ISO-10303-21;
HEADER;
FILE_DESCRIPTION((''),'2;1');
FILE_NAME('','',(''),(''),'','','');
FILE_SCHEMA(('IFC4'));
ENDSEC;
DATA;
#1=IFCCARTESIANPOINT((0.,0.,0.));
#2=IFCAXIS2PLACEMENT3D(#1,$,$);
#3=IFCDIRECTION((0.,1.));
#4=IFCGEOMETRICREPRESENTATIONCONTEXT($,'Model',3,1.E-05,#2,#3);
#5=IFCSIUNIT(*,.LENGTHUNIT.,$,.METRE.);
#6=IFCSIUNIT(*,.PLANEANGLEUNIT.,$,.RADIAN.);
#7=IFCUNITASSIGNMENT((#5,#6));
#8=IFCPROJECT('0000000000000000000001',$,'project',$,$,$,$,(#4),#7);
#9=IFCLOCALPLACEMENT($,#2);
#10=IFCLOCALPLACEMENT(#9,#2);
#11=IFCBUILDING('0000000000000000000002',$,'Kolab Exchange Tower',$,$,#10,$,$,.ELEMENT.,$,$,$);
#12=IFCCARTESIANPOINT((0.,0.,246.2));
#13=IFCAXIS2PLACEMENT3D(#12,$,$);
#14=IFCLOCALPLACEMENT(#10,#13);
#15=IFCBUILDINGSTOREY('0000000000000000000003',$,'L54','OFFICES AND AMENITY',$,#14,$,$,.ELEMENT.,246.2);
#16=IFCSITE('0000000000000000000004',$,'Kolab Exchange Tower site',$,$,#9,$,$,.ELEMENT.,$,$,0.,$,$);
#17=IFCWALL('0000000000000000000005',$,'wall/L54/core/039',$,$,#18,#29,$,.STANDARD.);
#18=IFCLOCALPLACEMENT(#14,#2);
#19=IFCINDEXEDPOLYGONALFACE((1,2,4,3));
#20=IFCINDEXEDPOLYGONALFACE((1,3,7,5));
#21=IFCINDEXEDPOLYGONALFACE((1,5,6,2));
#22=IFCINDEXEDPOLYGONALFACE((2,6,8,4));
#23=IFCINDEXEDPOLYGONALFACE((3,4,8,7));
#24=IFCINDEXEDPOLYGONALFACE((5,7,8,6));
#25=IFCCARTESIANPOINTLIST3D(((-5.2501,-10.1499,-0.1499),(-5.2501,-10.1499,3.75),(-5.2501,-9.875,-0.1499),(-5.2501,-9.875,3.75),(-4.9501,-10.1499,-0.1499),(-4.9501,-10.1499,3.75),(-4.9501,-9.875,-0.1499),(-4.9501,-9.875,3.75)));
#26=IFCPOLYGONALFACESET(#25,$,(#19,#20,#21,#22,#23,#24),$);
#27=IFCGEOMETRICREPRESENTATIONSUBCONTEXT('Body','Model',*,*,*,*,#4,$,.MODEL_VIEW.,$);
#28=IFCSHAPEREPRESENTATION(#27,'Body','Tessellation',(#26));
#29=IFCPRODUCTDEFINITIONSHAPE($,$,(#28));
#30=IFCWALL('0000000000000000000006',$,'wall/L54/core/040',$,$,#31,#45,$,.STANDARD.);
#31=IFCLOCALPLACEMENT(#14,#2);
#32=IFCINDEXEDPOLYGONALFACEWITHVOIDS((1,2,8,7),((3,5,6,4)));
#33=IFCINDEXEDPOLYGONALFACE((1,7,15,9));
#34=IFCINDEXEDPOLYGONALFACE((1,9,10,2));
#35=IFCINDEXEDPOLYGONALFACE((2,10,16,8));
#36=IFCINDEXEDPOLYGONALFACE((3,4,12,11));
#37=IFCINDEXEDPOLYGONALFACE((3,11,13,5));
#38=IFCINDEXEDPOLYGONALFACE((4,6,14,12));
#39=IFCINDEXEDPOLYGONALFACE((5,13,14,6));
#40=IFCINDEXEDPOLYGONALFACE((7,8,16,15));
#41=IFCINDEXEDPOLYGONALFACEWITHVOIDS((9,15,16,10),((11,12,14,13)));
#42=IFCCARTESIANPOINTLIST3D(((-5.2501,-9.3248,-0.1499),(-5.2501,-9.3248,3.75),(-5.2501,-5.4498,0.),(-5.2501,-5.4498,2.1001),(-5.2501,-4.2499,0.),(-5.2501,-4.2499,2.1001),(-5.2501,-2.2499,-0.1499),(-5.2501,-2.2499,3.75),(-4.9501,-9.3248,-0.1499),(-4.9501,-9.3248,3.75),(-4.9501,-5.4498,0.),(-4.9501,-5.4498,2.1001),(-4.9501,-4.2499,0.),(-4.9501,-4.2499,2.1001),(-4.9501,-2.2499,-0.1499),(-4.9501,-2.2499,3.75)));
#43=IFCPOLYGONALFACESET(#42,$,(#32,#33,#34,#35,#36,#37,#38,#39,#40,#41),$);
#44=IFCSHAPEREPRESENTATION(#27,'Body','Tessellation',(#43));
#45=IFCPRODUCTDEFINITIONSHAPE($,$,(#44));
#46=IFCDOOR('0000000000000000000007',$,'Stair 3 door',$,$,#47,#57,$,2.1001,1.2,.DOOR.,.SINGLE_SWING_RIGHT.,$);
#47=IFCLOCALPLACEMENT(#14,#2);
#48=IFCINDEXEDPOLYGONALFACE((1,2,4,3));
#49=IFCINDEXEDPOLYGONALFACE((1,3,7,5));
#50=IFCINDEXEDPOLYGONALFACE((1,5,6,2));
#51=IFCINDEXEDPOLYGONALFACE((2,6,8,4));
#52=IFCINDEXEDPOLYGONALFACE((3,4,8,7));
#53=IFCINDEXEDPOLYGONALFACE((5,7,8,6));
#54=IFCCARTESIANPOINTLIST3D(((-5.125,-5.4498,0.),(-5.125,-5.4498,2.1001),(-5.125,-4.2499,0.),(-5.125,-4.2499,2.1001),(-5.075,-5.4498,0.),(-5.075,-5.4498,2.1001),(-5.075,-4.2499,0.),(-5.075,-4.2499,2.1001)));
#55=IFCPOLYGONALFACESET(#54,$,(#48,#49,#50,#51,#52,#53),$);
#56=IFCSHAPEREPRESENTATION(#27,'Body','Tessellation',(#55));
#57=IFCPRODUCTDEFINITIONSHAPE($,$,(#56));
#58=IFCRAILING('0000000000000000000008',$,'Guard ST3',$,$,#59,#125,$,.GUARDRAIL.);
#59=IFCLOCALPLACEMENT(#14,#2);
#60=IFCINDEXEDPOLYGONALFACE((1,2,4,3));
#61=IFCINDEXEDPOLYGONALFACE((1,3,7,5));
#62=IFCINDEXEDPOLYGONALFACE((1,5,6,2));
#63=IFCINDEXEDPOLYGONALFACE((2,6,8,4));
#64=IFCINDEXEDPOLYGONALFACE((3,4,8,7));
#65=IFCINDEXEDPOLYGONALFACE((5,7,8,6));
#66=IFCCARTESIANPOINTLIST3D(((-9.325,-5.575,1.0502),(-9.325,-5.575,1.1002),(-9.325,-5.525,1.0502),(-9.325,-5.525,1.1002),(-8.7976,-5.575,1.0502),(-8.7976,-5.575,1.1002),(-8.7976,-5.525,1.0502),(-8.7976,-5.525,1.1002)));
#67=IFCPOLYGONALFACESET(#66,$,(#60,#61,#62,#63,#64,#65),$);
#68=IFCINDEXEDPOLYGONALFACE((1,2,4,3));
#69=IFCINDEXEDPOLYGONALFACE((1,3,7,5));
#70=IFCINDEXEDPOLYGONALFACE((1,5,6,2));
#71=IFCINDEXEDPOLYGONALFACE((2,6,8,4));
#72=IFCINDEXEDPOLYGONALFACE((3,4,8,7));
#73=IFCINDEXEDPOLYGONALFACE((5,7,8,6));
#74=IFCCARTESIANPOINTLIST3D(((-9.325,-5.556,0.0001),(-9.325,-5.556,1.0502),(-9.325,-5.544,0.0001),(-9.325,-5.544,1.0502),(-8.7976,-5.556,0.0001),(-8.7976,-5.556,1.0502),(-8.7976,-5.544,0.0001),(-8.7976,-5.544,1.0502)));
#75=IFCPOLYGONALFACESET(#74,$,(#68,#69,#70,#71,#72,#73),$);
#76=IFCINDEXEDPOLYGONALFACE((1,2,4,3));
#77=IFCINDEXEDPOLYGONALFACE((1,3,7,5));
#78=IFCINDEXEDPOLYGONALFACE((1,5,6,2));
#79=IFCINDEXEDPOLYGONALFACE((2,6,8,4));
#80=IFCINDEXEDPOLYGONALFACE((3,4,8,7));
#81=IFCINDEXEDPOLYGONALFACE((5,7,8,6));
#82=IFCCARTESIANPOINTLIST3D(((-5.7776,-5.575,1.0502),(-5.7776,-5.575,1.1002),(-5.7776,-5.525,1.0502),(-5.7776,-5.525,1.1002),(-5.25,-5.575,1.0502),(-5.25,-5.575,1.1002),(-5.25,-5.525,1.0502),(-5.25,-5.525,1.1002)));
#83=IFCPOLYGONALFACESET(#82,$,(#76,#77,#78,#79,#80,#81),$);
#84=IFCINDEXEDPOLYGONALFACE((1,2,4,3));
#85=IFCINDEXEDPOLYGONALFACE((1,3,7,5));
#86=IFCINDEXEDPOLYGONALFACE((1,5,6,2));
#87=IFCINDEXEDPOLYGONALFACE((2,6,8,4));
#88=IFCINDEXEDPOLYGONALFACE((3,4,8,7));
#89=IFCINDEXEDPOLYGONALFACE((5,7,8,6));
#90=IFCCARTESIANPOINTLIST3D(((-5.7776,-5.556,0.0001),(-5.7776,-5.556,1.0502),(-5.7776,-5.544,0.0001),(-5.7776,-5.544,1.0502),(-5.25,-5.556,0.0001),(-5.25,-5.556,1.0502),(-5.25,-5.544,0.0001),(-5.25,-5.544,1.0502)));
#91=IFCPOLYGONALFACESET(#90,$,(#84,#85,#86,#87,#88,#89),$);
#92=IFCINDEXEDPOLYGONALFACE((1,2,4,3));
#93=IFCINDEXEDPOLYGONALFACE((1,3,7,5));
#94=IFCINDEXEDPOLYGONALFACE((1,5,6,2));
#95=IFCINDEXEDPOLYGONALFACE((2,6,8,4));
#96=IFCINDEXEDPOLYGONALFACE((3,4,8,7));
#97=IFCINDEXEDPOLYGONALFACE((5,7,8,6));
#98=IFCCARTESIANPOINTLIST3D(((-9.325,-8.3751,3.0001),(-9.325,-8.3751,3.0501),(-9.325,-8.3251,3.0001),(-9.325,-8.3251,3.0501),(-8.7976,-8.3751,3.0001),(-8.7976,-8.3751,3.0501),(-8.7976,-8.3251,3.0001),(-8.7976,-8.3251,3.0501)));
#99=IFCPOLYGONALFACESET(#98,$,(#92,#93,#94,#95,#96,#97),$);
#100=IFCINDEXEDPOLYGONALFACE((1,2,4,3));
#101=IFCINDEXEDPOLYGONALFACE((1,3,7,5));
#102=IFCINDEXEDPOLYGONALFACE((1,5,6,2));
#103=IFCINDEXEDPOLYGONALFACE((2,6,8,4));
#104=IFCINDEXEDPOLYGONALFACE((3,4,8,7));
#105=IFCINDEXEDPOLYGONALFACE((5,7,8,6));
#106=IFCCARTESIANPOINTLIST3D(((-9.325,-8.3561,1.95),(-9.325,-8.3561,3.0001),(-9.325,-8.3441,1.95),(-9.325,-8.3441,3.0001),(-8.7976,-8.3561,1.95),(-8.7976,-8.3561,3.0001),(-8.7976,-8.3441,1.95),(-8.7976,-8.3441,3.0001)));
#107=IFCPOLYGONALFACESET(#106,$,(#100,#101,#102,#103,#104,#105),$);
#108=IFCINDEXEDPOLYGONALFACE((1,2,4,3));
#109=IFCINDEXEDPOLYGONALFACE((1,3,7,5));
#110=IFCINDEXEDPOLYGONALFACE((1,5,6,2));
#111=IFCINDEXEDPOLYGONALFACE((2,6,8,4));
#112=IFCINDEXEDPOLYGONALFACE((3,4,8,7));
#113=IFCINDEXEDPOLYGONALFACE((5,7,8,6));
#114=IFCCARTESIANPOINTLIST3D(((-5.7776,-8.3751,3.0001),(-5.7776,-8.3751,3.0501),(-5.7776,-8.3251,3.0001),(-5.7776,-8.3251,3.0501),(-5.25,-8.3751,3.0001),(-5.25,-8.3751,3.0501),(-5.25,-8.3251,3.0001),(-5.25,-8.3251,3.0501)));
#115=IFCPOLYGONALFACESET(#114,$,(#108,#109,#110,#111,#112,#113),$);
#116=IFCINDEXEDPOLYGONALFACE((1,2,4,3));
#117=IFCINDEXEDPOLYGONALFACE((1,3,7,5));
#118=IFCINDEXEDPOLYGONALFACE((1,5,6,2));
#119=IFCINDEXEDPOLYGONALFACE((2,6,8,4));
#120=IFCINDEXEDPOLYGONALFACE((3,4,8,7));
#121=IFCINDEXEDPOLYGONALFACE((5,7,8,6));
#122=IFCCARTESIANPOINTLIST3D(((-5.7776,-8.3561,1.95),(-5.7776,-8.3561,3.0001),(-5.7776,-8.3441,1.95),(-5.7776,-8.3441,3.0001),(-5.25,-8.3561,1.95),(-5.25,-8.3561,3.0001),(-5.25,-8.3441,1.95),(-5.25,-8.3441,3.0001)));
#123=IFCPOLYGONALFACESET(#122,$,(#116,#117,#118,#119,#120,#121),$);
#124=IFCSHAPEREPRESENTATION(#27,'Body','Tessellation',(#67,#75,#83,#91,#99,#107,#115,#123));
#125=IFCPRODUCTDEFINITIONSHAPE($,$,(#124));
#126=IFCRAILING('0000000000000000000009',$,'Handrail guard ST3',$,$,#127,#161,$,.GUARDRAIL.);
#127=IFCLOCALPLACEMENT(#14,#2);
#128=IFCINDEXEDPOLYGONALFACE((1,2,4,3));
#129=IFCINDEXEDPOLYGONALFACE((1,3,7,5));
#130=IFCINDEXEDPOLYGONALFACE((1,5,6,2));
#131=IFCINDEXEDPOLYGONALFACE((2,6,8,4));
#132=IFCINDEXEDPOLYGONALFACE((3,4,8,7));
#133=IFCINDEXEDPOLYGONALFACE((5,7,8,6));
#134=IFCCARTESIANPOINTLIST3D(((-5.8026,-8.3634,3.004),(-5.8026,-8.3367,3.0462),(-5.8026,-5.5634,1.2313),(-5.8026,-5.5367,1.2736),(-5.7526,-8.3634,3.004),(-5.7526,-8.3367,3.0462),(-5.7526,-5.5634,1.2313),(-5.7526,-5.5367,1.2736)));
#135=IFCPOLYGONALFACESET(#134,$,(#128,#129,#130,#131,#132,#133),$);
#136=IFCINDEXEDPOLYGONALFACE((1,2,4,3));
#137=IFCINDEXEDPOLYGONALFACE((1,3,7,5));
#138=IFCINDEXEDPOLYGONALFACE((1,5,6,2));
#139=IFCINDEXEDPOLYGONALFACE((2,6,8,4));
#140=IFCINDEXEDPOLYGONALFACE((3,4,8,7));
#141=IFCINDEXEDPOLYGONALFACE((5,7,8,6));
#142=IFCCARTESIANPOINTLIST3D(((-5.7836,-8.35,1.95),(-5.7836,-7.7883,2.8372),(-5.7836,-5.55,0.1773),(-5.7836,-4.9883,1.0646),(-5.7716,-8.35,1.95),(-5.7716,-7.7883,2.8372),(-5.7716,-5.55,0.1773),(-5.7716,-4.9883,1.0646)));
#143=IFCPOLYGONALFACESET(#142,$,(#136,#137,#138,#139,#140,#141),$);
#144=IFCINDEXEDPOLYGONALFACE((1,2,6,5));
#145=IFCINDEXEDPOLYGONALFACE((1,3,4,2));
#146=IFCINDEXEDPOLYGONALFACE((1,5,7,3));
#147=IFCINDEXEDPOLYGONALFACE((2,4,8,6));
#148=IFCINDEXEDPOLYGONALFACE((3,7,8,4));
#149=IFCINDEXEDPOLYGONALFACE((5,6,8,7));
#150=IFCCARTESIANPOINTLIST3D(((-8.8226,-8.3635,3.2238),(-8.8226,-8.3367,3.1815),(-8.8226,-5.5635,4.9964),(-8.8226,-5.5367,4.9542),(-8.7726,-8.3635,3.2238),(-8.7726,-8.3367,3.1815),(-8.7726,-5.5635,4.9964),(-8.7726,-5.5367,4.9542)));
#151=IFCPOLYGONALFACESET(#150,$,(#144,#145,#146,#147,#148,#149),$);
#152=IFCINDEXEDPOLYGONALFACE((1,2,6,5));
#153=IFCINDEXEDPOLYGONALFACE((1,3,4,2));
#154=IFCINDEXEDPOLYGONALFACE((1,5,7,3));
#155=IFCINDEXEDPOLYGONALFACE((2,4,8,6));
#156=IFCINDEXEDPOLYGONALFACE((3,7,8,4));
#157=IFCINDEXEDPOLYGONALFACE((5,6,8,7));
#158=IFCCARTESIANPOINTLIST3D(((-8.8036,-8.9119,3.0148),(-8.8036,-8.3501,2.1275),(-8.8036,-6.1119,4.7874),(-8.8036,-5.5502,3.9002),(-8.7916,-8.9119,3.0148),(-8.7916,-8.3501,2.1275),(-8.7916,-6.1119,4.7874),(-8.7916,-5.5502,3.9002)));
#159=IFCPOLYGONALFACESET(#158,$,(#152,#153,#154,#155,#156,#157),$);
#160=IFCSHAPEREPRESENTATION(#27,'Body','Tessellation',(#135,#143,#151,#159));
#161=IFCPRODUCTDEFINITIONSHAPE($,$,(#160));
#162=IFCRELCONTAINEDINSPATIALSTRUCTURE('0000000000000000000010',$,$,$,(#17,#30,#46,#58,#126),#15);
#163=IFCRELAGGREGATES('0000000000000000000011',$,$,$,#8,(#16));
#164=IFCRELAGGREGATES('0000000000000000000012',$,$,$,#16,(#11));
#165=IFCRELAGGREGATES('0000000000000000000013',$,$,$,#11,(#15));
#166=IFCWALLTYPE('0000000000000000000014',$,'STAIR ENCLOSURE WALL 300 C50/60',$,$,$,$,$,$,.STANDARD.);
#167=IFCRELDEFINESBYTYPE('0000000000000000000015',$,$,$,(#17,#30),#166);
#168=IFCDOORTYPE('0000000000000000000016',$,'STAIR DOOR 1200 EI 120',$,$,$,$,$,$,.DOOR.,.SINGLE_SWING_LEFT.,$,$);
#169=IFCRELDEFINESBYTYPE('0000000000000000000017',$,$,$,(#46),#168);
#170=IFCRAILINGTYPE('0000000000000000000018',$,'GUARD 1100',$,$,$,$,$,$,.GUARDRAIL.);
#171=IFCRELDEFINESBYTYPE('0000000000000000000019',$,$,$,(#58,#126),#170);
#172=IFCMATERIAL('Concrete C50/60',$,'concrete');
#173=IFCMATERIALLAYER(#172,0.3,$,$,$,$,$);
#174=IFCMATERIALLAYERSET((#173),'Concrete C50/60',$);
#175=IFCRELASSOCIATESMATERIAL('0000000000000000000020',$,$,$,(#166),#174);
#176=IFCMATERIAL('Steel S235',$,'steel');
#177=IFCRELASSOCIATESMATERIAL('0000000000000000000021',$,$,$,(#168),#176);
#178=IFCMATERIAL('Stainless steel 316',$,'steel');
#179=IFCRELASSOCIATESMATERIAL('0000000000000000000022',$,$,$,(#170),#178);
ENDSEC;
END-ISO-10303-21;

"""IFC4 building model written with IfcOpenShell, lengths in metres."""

from ifc_helpers import new_model, si_unit, direction, frame, frame_2d, origin, origin_2d, place, context, subcontext, project, spatial, rectangle, extrude, material, layer, layer_set, type_object, element, fill, save


model = new_model("IFC4")

# Units and contexts
model_context = context("Model", 3, precision=1e-05, world=origin(), true_north=direction((0.0, 1.0)))
body_context = subcontext(model_context, "Body", "Model", "MODEL_VIEW")
ifc_project = project(units=[si_unit("LENGTHUNIT", "METRE"), si_unit("PLANEANGLEUNIT", "RADIAN")], contexts=[model_context])

# Site, building, storey
site_placement = place(None, origin())
site = spatial("IfcSite", under=ifc_project, at=site_placement, Name="Kolab Exchange Tower site", CompositionType="ELEMENT", RefElevation=0.0)
building_placement = place(site_placement, origin())
building = spatial("IfcBuilding", under=site, at=building_placement, Name="Kolab Exchange Tower", CompositionType="ELEMENT")
storey_placement = place(building_placement, frame((0.0, 0.0, 246.2)))
storey = spatial("IfcBuildingStorey", under=building, at=storey_placement, Name="L54", Description="OFFICES AND AMENITY", CompositionType="ELEMENT", Elevation=246.2)

# Shared definitions
ifc_material_1 = material(Name="Concrete C50/60", Category="concrete")
ifc_material_2 = material(Name="Steel S235", Category="steel")

# Shared definitions
ifc_material_3 = material(Name="Stainless steel 316", Category="steel")

# Wall
ifc_layer_1 = layer(ifc_material_1, 0.3)
ifc_layer_set_1 = layer_set([ifc_layer_1], Name="Concrete C50/60")
wall_type_1 = type_object("IfcWallType", Name="STAIR ENCLOSURE WALL 300 C50/60", PredefinedType="STANDARD", material=ifc_layer_set_1)
wall_1_placement = place(storey_placement, frame((-5.1001, -10.1499, -0.1499), z_axis=(0.0, 0.0, 1.0), x_axis=(0.0, 1.0, 0.0)))
element("IfcWall", 1, at=wall_1_placement, inside=storey, type_object=wall_type_1, Name="wall/L54/core/039", PredefinedType="STANDARD", context=body_context, shape_type="SweptSolid", body=[
    extrude(rectangle(XDim=0.2749, YDim=0.3, at=frame_2d((0.1375, 0.0))), origin(), (0.0, 0.0, 1.0), 3.8999),
])

# Wall, opening, door
wall_2_placement = place(storey_placement, frame((-5.1001, -9.325, -0.1499), z_axis=(0.0, 0.0, 1.0), x_axis=(0.0, 1.0, 0.0)))
wall_2 = element("IfcWall", 2, at=wall_2_placement, inside=storey, type_object=wall_type_1, Name="wall/L54/core/040", PredefinedType="STANDARD", context=body_context, shape_type="SweptSolid", body=[
    extrude(rectangle(XDim=7.075, YDim=0.3, at=frame_2d((3.5376, 0.0))), origin(), (0.0, 0.0, 1.0), 3.8999),
])
opening_1_placement = place(wall_2_placement, frame((3.875, 0.0, 0.1499)))
opening_1 = element("IfcOpeningElement", 3, at=opening_1_placement, cuts=wall_2, PredefinedType="OPENING", context=body_context, shape_type="SweptSolid", body=[
    extrude(rectangle(XDim=1.2, YDim=2.1001, at=frame_2d((0.6001, 1.05))), frame((0.0, 0.1602, 0.0), z_axis=(0.0, -1.0, 0.0), x_axis=(1.0, 0.0, 0.0)), (0.0, 0.0, 1.0), 0.3201),
])
door_type_1 = type_object("IfcDoorType", Name="STAIR DOOR 1200 EI 120", OperationType="SINGLE_SWING_LEFT", PredefinedType="DOOR", material=ifc_material_2)
door_1_placement = place(opening_1_placement, origin())
door_1 = element("IfcDoor", 4, at=door_1_placement, inside=storey, type_object=door_type_1, Name="Stair 3 door", OperationType="SINGLE_SWING_RIGHT", OverallHeight=2.1001, OverallWidth=1.2, PredefinedType="DOOR", context=body_context, shape_type="SweptSolid", body=[
    extrude(rectangle(XDim=1.2, YDim=2.1001, at=frame_2d((0.6001, 1.05))), frame((0.0, 0.0249, 0.0), z_axis=(0.0, -1.0, 0.0), x_axis=(1.0, 0.0, 0.0)), (0.0, 0.0, 1.0), 0.05),
])
fill(opening_1, door_1)

# Railings
railing_type = type_object("IfcRailingType", Name="GUARD 1100", PredefinedType="GUARDRAIL", material=ifc_material_3)
railing_1_placement = place(storey_placement, frame((-9.325, -5.55, 0.0)))
element("IfcRailing", 5, at=railing_1_placement, inside=storey, type_object=railing_type, Name="Guard ST3", PredefinedType="GUARDRAIL", context=body_context, shape_type="SweptSolid", body=[
    extrude(rectangle(XDim=0.05, YDim=0.05, at=origin_2d()), frame((0.0, 0.0, 1.0752), z_axis=(1.0, 0.0, 0.0), x_axis=(0.0, 1.0, 0.0)), (0.0, 0.0, 1.0), 0.5273),
    extrude(rectangle(XDim=0.012, YDim=1.0501, at=frame_2d((0.0, 0.5251))), frame((0.0, 0.0, 0.0), z_axis=(1.0, 0.0, 0.0), x_axis=(0.0, 1.0, 0.0)), (0.0, 0.0, 1.0), 0.5273),
    extrude(rectangle(XDim=0.05, YDim=0.05, at=origin_2d()), frame((3.5474, 0.0, 1.0752), z_axis=(1.0, 0.0, 0.0), x_axis=(0.0, 1.0, 0.0)), (0.0, 0.0, 1.0), 0.5276),
    extrude(rectangle(XDim=0.012, YDim=1.0501, at=frame_2d((0.0, 0.5251))), frame((3.5474, 0.0, 0.0), z_axis=(1.0, 0.0, 0.0), x_axis=(0.0, 1.0, 0.0)), (0.0, 0.0, 1.0), 0.5276),
    extrude(rectangle(XDim=0.05, YDim=0.05, at=origin_2d()), frame((0.0, -2.8, 3.0251), z_axis=(1.0, 0.0, 0.0), x_axis=(0.0, 1.0, 0.0)), (0.0, 0.0, 1.0), 0.5273),
    extrude(rectangle(XDim=0.012, YDim=1.0501, at=frame_2d((0.0, 0.5251))), frame((0.0, -2.8, 1.95), z_axis=(1.0, 0.0, 0.0), x_axis=(0.0, 1.0, 0.0)), (0.0, 0.0, 1.0), 0.5273),
    extrude(rectangle(XDim=0.05, YDim=0.05, at=origin_2d()), frame((3.5474, -2.8, 3.0251), z_axis=(1.0, 0.0, 0.0), x_axis=(0.0, 1.0, 0.0)), (0.0, 0.0, 1.0), 0.5276),
    extrude(rectangle(XDim=0.012, YDim=1.0501, at=frame_2d((0.0, 0.5251))), frame((3.5474, -2.8, 1.95), z_axis=(1.0, 0.0, 0.0), x_axis=(0.0, 1.0, 0.0)), (0.0, 0.0, 1.0), 0.5276),
])
railing_2_placement = place(storey_placement, frame((-5.7776, -5.55, 0.1772)))
element("IfcRailing", 6, at=railing_2_placement, inside=storey, type_object=railing_type, Name="Handrail guard ST3", PredefinedType="GUARDRAIL", context=body_context, shape_type="SweptSolid", body=[
    extrude(rectangle(XDim=0.05, YDim=0.05, at=origin_2d()), frame((0.0, 0.0, 1.0752), z_axis=(0.0, -0.844909, 0.53491), x_axis=(1.0, 0.0, 0.0)), (0.0, 0.0, 1.0), 3.314),
    extrude(rectangle(XDim=0.012, YDim=1.0501, at=frame_2d((0.0, 0.5251))), frame((0.0, 0.0, 0.0), z_axis=(0.0, -0.844909, 0.53491), x_axis=(1.0, 0.0, 0.0)), (0.0, 0.0, 1.0), 3.314),
    extrude(rectangle(XDim=0.05, YDim=0.05, at=origin_2d()), frame((-3.02, -2.8, 3.0254), z_axis=(0.0, 0.844909, 0.53491), x_axis=(-1.0, 0.0, 0.0)), (0.0, 0.0, 1.0), 3.314),
    extrude(rectangle(XDim=0.012, YDim=1.0501, at=frame_2d((0.0, 0.5251))), frame((-3.02, -2.8, 1.9502), z_axis=(0.0, 0.844909, 0.53491), x_axis=(-1.0, 0.0, 0.0)), (0.0, 0.0, 1.0), 3.314),
])

save(model, "model.ifc")
